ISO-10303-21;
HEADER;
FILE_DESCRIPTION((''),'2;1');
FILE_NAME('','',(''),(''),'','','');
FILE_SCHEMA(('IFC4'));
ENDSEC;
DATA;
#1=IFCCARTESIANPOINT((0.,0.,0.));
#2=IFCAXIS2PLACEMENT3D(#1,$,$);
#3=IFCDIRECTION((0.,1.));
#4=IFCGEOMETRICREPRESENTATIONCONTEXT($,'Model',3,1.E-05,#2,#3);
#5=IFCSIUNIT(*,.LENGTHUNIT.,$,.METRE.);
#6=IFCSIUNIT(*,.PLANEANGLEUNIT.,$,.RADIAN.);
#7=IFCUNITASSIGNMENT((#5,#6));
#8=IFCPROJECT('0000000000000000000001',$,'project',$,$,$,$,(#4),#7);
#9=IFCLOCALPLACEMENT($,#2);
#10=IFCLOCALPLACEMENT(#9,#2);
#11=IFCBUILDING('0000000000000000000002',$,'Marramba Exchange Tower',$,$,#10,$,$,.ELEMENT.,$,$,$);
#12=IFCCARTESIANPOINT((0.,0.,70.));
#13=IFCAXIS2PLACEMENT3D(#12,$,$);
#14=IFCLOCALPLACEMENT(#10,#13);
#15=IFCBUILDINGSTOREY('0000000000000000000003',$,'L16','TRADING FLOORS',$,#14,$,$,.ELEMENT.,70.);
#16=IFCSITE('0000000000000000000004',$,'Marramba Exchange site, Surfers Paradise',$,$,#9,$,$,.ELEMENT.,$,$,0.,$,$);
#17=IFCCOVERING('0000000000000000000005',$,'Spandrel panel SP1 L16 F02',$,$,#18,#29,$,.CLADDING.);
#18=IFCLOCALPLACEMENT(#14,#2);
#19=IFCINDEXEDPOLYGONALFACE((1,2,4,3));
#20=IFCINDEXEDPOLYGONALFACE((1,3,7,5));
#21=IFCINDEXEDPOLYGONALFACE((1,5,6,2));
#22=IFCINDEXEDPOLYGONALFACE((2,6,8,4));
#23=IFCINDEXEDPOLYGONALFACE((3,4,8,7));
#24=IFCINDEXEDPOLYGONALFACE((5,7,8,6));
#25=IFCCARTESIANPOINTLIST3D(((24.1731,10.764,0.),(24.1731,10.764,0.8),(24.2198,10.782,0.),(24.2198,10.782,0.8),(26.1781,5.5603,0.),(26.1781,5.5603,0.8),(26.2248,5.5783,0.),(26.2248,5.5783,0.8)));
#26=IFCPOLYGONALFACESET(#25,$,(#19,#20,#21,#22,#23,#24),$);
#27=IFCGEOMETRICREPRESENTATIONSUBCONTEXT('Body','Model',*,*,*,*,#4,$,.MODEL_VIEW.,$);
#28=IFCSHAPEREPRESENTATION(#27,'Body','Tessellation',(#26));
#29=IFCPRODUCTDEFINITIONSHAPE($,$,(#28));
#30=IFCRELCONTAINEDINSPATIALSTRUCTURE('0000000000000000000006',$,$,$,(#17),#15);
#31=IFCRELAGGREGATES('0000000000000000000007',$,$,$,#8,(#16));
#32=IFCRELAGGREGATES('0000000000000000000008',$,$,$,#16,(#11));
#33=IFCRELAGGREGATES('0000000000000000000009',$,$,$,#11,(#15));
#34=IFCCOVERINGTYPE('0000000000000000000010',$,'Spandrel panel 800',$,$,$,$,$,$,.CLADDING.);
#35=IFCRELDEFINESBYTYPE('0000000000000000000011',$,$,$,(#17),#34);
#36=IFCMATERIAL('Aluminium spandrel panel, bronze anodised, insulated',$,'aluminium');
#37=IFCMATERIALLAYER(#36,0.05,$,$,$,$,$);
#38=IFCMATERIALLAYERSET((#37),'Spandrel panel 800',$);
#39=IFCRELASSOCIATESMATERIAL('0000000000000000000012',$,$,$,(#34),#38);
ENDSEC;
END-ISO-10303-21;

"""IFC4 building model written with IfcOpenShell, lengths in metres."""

from ifc_helpers import new_model, si_unit, direction, frame, origin, origin_2d, place, context, subcontext, project, spatial, rectangle, extrude, material, layer, layer_set, type_object, element, save


model = new_model("IFC4")

# Units and contexts
model_context = context("Model", 3, precision=1e-05, world=origin(), true_north=direction((0.0, 1.0)))
body_context = subcontext(model_context, "Body", "Model", "MODEL_VIEW")
ifc_project = project(units=[si_unit("LENGTHUNIT", "METRE"), si_unit("PLANEANGLEUNIT", "RADIAN")], contexts=[model_context])

# Site, building, storey
site_placement = place(None, origin())
site = spatial("IfcSite", under=ifc_project, at=site_placement, Name="Marramba Exchange site, Surfers Paradise", CompositionType="ELEMENT", RefElevation=0.0)
building_placement = place(site_placement, origin())
building = spatial("IfcBuilding", under=site, at=building_placement, Name="Marramba Exchange Tower", CompositionType="ELEMENT")
storey_placement = place(building_placement, frame((0.0, 0.0, 70.0)))
storey = spatial("IfcBuildingStorey", under=building, at=storey_placement, Name="L16", Description="TRADING FLOORS", CompositionType="ELEMENT", Elevation=70.0)

# Covering
ifc_material_1 = material(Name="Aluminium spandrel panel, bronze anodised, insulated", Category="aluminium")
ifc_layer_1 = layer(ifc_material_1, 0.05)
ifc_layer_set_1 = layer_set([ifc_layer_1], Name="Spandrel panel 800")
covering_type = type_object("IfcCoveringType", Name="Spandrel panel 800", PredefinedType="CLADDING", material=ifc_layer_set_1)
covering_1_placement = place(storey_placement, frame((25.199, 8.1711, 0.0), z_axis=(0.0, 0.0, 1.0), x_axis=(-0.359526, 0.933135, 0.0)))
element("IfcCovering", 1, at=covering_1_placement, inside=storey, type_object=covering_type, Name="Spandrel panel SP1 L16 F02", PredefinedType="CLADDING", context=body_context, shape_type="SweptSolid", body=[
    extrude(rectangle(XDim=5.5767, YDim=0.05, at=origin_2d()), origin(), (0.0, 0.0, 1.0), 0.8),
])

save(model, "model.ifc")
